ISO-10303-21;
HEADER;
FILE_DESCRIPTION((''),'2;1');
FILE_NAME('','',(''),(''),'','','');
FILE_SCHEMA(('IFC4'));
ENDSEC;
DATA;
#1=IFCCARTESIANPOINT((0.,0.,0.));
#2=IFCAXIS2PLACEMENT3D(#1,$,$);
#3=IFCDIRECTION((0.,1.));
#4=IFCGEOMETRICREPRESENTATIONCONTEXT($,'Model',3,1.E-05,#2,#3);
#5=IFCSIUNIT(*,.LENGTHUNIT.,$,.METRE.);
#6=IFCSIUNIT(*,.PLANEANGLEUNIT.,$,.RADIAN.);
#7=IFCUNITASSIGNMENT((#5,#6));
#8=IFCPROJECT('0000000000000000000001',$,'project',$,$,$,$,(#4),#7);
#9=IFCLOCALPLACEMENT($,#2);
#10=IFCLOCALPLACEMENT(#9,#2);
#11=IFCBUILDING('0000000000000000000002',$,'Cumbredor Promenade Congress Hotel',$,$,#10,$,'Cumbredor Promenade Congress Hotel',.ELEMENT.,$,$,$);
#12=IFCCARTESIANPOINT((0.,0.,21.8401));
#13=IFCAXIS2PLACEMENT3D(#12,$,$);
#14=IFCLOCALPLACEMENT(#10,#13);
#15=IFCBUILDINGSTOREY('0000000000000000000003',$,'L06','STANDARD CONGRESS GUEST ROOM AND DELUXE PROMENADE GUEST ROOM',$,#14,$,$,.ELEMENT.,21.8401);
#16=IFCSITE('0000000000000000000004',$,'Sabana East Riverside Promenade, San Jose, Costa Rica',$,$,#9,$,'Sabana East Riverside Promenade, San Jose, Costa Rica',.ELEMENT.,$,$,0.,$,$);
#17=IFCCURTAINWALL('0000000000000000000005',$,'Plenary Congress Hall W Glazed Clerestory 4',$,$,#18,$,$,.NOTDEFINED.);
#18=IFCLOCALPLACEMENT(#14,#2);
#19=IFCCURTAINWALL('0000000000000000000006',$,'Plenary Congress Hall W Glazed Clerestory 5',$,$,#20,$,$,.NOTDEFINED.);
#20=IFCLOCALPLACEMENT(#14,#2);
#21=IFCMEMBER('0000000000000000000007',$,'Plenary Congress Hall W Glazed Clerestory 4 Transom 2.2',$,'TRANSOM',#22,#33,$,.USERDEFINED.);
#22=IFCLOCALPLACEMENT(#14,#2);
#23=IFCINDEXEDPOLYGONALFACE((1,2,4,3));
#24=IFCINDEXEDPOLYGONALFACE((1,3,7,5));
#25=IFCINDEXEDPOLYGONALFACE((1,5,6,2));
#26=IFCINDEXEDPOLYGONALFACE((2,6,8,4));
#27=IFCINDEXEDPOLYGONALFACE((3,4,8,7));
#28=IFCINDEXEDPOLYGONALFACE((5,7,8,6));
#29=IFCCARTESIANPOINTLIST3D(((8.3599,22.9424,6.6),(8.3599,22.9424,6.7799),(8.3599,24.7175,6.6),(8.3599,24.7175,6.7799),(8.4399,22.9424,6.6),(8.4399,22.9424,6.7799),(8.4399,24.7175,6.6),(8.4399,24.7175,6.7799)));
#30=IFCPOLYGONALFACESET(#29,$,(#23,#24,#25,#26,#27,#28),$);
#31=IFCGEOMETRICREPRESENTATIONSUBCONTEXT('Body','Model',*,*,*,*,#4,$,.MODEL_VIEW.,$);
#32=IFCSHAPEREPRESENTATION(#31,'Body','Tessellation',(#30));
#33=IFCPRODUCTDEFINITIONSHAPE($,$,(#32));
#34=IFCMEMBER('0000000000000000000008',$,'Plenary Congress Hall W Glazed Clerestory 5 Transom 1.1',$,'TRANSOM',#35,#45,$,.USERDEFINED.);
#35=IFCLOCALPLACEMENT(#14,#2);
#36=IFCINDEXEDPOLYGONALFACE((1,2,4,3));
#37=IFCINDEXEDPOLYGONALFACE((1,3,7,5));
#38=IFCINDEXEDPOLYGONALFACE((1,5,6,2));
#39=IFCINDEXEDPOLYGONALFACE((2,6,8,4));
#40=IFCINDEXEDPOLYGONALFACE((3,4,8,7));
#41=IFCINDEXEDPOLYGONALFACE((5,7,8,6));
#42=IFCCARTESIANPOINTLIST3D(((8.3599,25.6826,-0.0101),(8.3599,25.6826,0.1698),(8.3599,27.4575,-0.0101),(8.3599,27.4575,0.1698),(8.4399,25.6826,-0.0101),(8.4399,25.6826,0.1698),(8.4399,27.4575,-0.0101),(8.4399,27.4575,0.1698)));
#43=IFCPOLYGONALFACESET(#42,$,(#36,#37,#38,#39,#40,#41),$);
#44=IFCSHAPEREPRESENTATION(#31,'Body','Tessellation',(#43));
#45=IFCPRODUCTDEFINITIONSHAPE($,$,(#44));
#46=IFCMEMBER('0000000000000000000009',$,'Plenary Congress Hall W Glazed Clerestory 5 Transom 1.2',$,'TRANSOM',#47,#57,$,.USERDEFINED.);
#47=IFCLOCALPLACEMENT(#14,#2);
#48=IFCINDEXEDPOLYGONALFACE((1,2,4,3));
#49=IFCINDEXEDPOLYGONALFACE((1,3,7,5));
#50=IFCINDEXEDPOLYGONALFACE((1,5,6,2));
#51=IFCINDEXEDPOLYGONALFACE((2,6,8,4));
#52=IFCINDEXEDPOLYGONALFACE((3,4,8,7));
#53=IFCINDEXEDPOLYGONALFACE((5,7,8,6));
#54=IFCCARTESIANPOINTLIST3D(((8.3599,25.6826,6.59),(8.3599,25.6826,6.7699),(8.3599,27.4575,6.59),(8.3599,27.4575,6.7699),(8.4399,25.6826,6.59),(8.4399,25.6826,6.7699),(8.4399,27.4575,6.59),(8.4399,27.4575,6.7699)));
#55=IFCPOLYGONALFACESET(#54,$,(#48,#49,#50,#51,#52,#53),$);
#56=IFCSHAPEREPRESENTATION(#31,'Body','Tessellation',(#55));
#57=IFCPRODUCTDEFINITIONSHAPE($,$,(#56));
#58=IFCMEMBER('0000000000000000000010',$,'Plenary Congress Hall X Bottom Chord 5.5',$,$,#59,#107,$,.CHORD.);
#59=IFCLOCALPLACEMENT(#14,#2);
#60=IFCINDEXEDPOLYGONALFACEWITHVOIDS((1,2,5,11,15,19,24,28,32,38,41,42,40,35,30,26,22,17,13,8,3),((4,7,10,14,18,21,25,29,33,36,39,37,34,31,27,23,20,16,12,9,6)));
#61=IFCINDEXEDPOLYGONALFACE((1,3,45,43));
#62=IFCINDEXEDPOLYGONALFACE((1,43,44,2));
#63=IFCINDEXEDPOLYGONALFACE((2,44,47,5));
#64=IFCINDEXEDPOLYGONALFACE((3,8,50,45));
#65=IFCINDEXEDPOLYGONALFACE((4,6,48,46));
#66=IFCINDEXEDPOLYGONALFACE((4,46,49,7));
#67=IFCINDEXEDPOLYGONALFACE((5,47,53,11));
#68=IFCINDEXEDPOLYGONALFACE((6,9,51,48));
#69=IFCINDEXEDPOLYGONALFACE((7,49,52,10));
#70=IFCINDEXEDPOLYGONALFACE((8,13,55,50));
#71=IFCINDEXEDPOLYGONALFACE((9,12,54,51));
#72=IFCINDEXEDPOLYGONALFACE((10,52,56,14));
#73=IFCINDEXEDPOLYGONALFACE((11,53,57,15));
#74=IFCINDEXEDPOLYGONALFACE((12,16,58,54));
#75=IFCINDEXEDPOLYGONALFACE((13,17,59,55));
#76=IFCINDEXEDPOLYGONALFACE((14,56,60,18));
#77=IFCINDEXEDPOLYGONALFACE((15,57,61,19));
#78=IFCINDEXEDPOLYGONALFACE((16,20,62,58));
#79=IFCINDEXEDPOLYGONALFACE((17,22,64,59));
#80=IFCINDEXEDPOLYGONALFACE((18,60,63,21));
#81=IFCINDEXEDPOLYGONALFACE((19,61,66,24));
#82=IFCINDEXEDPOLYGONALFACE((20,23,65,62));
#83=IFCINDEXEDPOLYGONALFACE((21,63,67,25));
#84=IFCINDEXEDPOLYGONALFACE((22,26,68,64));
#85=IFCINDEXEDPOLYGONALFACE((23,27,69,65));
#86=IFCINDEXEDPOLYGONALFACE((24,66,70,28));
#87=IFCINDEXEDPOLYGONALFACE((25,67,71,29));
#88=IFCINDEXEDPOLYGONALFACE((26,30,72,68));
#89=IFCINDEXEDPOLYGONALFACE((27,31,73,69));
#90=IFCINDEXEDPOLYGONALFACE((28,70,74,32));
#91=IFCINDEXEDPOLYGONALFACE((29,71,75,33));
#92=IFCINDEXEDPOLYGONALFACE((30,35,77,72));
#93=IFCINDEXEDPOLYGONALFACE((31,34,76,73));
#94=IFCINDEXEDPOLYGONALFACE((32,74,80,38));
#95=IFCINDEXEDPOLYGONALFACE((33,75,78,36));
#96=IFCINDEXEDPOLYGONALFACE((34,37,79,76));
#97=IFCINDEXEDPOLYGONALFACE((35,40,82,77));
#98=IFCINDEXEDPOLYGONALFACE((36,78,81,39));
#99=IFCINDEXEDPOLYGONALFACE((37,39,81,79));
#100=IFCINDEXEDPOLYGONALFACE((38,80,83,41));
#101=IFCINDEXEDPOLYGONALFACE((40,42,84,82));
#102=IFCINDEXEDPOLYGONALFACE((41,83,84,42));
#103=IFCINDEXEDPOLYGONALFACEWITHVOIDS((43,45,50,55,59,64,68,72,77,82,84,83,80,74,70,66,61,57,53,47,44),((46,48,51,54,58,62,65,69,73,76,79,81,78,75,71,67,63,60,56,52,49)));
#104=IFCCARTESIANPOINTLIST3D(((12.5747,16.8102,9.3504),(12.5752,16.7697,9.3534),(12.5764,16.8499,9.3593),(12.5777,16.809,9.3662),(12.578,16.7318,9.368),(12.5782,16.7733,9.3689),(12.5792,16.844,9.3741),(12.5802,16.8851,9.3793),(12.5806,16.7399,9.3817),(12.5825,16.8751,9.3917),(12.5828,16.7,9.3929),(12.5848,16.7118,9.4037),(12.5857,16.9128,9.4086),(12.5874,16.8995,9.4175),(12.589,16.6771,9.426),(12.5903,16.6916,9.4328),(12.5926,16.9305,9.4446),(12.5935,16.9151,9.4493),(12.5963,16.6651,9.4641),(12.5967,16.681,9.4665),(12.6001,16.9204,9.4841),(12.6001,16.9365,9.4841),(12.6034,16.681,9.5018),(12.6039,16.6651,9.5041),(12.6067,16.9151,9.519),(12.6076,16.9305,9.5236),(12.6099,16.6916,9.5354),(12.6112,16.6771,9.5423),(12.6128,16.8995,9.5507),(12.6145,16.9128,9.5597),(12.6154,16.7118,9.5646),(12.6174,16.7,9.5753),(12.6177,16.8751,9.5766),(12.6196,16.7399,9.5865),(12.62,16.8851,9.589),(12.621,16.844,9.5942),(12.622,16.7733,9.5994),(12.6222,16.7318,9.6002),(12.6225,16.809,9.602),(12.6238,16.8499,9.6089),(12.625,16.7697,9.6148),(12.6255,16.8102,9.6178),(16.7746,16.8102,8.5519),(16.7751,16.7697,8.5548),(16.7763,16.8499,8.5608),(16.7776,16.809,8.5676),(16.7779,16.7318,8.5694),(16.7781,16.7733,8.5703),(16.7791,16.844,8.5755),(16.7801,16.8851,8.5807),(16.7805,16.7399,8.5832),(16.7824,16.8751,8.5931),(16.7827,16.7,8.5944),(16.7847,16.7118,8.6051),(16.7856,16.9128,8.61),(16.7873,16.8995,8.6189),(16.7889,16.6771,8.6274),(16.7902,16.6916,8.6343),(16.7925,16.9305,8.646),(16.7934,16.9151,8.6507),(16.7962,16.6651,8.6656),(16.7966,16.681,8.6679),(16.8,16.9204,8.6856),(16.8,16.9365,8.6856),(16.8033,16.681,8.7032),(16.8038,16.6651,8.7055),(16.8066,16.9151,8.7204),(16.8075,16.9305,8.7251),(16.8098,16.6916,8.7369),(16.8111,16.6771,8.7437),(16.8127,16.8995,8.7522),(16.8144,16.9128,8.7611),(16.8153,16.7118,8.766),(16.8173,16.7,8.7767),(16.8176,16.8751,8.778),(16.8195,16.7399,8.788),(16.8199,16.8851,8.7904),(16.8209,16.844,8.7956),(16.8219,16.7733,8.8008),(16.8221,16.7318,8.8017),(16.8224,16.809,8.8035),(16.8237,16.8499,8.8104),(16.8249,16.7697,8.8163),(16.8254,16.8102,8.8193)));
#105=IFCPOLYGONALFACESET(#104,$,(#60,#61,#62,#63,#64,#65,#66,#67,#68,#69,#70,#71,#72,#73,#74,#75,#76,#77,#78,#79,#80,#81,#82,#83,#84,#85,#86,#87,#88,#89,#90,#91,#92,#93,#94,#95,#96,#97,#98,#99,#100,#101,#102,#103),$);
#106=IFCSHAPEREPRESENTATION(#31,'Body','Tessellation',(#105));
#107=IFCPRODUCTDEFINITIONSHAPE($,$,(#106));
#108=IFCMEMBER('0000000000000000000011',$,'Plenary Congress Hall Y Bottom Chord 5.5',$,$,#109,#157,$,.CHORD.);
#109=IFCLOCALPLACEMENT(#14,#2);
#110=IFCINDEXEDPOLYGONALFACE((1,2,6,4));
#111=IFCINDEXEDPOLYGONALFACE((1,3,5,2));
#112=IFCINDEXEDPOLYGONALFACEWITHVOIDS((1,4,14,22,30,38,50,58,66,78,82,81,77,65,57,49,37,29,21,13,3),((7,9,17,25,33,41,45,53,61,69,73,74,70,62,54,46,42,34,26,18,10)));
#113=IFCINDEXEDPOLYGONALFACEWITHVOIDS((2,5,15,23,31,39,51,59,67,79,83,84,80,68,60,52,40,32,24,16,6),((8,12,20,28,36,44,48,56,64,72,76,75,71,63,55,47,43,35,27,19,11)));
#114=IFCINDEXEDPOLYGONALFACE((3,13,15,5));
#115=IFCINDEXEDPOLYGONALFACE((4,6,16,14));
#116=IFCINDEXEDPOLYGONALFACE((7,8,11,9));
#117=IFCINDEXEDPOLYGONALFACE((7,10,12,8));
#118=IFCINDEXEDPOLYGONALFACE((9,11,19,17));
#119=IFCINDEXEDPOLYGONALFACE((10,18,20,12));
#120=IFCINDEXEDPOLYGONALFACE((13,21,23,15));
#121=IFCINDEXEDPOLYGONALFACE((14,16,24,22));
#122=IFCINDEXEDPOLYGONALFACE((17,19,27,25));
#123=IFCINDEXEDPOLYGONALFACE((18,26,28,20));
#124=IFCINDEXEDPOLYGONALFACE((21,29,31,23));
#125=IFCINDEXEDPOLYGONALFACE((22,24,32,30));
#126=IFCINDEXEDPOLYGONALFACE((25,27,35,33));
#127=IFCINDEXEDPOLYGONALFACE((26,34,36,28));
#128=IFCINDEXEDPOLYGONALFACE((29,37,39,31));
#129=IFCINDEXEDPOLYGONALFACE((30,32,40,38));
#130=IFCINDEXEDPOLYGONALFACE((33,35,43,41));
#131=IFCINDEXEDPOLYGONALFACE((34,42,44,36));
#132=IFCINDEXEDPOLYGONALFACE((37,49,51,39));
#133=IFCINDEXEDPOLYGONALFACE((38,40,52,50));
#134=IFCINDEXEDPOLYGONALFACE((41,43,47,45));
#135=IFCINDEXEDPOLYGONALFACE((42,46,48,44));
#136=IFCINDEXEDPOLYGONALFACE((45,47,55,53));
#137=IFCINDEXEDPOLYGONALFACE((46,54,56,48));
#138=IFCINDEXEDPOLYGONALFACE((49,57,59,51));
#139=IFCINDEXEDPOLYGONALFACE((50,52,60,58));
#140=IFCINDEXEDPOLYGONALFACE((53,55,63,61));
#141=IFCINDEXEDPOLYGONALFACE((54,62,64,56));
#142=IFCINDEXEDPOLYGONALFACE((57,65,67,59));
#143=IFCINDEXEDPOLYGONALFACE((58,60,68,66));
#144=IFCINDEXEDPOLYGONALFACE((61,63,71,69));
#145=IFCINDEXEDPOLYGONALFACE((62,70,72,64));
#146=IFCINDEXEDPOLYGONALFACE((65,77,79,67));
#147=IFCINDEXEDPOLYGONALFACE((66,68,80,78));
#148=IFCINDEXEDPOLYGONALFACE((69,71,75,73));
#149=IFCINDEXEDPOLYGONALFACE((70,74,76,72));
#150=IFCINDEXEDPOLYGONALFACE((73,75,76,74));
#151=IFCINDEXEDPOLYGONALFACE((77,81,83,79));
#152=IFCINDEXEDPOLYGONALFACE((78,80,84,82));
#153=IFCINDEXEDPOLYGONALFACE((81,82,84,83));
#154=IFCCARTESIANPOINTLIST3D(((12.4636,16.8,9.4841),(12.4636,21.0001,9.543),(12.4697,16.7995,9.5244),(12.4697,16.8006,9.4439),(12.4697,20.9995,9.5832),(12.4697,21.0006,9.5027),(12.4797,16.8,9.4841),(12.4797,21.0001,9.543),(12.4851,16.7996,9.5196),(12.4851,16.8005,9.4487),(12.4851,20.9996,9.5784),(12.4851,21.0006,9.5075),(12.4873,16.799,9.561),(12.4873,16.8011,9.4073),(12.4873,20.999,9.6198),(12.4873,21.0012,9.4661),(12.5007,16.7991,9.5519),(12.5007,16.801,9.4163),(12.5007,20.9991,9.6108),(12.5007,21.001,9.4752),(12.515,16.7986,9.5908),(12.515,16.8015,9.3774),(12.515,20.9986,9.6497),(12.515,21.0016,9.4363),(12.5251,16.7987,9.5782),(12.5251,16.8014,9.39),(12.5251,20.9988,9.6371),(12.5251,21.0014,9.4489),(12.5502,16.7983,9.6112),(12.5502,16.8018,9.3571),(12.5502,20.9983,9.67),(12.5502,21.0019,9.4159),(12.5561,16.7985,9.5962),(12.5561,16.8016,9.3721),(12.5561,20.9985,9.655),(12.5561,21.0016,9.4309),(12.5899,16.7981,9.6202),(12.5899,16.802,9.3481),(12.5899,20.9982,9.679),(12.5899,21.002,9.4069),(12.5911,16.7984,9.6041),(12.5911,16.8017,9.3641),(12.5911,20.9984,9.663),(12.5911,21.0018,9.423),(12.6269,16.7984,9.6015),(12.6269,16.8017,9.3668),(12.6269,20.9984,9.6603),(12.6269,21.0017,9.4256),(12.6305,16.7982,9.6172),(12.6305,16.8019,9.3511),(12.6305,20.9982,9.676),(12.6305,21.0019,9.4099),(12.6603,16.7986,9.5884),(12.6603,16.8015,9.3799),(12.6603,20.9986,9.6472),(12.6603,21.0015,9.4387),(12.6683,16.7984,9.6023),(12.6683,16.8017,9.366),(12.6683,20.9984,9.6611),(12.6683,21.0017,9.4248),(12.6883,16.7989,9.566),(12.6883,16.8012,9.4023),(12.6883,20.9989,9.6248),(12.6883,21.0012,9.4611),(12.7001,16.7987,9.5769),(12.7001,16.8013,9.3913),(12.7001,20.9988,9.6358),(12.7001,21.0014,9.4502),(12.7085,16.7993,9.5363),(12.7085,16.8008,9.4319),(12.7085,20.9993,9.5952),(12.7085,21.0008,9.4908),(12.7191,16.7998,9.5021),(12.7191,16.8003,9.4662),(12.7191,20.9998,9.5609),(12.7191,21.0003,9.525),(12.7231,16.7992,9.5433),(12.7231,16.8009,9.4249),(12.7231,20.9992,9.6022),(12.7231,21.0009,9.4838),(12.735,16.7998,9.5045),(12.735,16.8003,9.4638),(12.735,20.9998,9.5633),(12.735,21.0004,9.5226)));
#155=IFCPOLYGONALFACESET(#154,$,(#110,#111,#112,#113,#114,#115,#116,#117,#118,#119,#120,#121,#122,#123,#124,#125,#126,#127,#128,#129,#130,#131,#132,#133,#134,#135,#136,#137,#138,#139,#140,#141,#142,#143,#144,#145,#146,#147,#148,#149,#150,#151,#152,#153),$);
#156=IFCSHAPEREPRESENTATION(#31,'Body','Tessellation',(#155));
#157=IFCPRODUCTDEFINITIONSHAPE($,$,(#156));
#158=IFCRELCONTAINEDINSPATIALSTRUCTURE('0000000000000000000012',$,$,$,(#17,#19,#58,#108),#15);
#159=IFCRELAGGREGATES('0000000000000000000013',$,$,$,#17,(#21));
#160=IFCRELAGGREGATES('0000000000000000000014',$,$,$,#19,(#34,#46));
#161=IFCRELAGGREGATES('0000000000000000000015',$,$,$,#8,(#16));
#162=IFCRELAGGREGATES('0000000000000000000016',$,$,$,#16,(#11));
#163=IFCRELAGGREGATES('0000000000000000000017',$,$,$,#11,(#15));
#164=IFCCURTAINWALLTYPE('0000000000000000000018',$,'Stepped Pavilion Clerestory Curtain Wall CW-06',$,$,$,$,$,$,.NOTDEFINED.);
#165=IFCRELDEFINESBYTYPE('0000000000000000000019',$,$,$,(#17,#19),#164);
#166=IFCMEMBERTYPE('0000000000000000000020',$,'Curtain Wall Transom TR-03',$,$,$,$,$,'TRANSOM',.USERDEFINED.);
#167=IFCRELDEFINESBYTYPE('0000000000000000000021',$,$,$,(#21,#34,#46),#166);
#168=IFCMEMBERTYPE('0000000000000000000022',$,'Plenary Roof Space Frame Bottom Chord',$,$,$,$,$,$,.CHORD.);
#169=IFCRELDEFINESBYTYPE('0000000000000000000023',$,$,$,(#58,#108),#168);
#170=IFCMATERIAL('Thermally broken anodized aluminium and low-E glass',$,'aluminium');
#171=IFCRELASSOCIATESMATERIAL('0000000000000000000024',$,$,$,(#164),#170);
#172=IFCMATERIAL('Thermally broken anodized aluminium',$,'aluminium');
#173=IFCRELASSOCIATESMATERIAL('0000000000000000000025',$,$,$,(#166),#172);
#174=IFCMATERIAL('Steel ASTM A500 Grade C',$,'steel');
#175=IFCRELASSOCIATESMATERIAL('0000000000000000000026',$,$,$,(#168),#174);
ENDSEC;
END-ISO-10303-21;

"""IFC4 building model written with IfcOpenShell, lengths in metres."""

from ifc_helpers import new_model, si_unit, direction, frame, origin, origin_2d, place, context, subcontext, project, spatial, rectangle, hollow_circle, extrude, material, material_profile, profile_set, type_object, element, aggregate, save


model = new_model("IFC4")

# Units and contexts
model_context = context("Model", 3, precision=1e-05, world=origin(), true_north=direction((0.0, 1.0)))
body_context = subcontext(model_context, "Body", "Model", "MODEL_VIEW")
ifc_project = project(units=[si_unit("LENGTHUNIT", "METRE"), si_unit("PLANEANGLEUNIT", "RADIAN")], contexts=[model_context])

# Site, building, storey
site_placement = place(None, origin())
site = spatial("IfcSite", under=ifc_project, at=site_placement, Name="Sabana East Riverside Promenade, San Jose, Costa Rica", LongName="Sabana East Riverside Promenade, San Jose, Costa Rica", CompositionType="ELEMENT", RefElevation=0.0)
building_placement = place(site_placement, origin())
building = spatial("IfcBuilding", under=site, at=building_placement, Name="Cumbredor Promenade Congress Hotel", LongName="Cumbredor Promenade Congress Hotel", CompositionType="ELEMENT")
storey_placement = place(building_placement, frame((0.0, 0.0, 21.8401)))
storey = spatial("IfcBuildingStorey", under=building, at=storey_placement, Name="L06", Description="STANDARD CONGRESS GUEST ROOM AND DELUXE PROMENADE GUEST ROOM", CompositionType="ELEMENT", Elevation=21.8401)

# Curtain walls
ifc_material_1 = material(Name="Thermally broken anodized aluminium and low-E glass", Category="aluminium")
curtain_wall_type = type_object("IfcCurtainWallType", Name="Stepped Pavilion Clerestory Curtain Wall CW-06", PredefinedType="NOTDEFINED", material=ifc_material_1)
ifc_material_2 = material(Name="Thermally broken anodized aluminium", Category="aluminium")
curtain_wall_1_placement = place(storey_placement, origin())
curtain_wall_1 = element("IfcCurtainWall", 1, at=curtain_wall_1_placement, inside=storey, type_object=curtain_wall_type, Name="Plenary Congress Hall W Glazed Clerestory 4", PredefinedType="NOTDEFINED")
curtain_wall_2_placement = place(storey_placement, origin())
curtain_wall_2 = element("IfcCurtainWall", 2, at=curtain_wall_2_placement, inside=storey, type_object=curtain_wall_type, Name="Plenary Congress Hall W Glazed Clerestory 5", PredefinedType="NOTDEFINED")

# Members
ifc_material_profile_1 = material_profile(ifc_material_2, rectangle(XDim=0.0801, YDim=0.1799, at=origin_2d()), Name="ALU TRANSOM 80x180")
ifc_profile_set_1 = profile_set([ifc_material_profile_1], Name="Thermally broken anodized aluminium")
member_type_1 = type_object("IfcMemberType", Name="Curtain Wall Transom TR-03", ElementType="TRANSOM", PredefinedType="USERDEFINED", material=ifc_profile_set_1)
member_1_placement = place(storey_placement, frame((8.3999, 22.9424, 6.6899), z_axis=(0.0, 1.0, 0.0), x_axis=(-1.0, 0.0, 0.0)))
member_1 = element("IfcMember", 3, at=member_1_placement, type_object=member_type_1, Name="Plenary Congress Hall W Glazed Clerestory 4 Transom 2.2", ObjectType="TRANSOM", PredefinedType="USERDEFINED", context=body_context, shape_type="SweptSolid", body=[
    extrude(rectangle(XDim=0.0801, YDim=0.1799, at=origin_2d()), origin(), (0.0, 0.0, 1.0), 1.7751),
])
member_2_placement = place(storey_placement, frame((8.3999, 25.6826, 0.0798), z_axis=(0.0, 1.0, 0.0), x_axis=(-1.0, 0.0, 0.0)))
member_2 = element("IfcMember", 4, at=member_2_placement, type_object=member_type_1, Name="Plenary Congress Hall W Glazed Clerestory 5 Transom 1.1", ObjectType="TRANSOM", PredefinedType="USERDEFINED", context=body_context, shape_type="SweptSolid", body=[
    extrude(rectangle(XDim=0.0801, YDim=0.1799, at=origin_2d()), origin(), (0.0, 0.0, 1.0), 1.7749),
])
member_3_placement = place(storey_placement, frame((8.3999, 25.6826, 6.6799), z_axis=(0.0, 1.0, 0.0), x_axis=(-1.0, 0.0, 0.0)))
member_3 = element("IfcMember", 5, at=member_3_placement, type_object=member_type_1, Name="Plenary Congress Hall W Glazed Clerestory 5 Transom 1.2", ObjectType="TRANSOM", PredefinedType="USERDEFINED", context=body_context, shape_type="SweptSolid", body=[
    extrude(rectangle(XDim=0.0801, YDim=0.1799, at=origin_2d()), origin(), (0.0, 0.0, 1.0), 1.7749),
])

# Members
ifc_material_3 = material(Name="Steel ASTM A500 Grade C", Category="steel")
ifc_material_profile_2 = material_profile(ifc_material_3, hollow_circle(Radius=0.1365, WallThickness=0.0161, at=origin_2d()), Name="CHS 273.0x16")
ifc_profile_set_2 = profile_set([ifc_material_profile_2], Name="Steel ASTM A500 Grade C")
member_type_2 = type_object("IfcMemberType", Name="Plenary Roof Space Frame Bottom Chord", PredefinedType="CHORD", material=ifc_profile_set_2)
member_4_placement = place(storey_placement, frame((12.6001, 16.8, 9.4841), z_axis=(0.982399, 0.0, -0.186795), x_axis=(0.0, 1.0, 0.0)))
element("IfcMember", 6, at=member_4_placement, inside=storey, type_object=member_type_2, Name="Plenary Congress Hall X Bottom Chord 5.5", PredefinedType="CHORD", context=body_context, shape_type="SweptSolid", body=[
    extrude(hollow_circle(Radius=0.1365, WallThickness=0.0161, at=origin_2d()), origin(), (0.0, 0.0, 1.0), 4.2751),
])
member_5_placement = place(storey_placement, frame((12.6001, 16.8, 9.4841), z_axis=(0.0, 0.999902, 0.014008), x_axis=(-1.0, 0.0, 0.0)))
element("IfcMember", 7, at=member_5_placement, inside=storey, type_object=member_type_2, Name="Plenary Congress Hall Y Bottom Chord 5.5", PredefinedType="CHORD", context=body_context, shape_type="SweptSolid", body=[
    extrude(hollow_circle(Radius=0.1365, WallThickness=0.0161, at=origin_2d()), origin(), (0.0, 0.0, 1.0), 4.2004),
])

aggregate(curtain_wall_1, [member_1])
aggregate(curtain_wall_2, [member_2, member_3])

save(model, "model.ifc")
